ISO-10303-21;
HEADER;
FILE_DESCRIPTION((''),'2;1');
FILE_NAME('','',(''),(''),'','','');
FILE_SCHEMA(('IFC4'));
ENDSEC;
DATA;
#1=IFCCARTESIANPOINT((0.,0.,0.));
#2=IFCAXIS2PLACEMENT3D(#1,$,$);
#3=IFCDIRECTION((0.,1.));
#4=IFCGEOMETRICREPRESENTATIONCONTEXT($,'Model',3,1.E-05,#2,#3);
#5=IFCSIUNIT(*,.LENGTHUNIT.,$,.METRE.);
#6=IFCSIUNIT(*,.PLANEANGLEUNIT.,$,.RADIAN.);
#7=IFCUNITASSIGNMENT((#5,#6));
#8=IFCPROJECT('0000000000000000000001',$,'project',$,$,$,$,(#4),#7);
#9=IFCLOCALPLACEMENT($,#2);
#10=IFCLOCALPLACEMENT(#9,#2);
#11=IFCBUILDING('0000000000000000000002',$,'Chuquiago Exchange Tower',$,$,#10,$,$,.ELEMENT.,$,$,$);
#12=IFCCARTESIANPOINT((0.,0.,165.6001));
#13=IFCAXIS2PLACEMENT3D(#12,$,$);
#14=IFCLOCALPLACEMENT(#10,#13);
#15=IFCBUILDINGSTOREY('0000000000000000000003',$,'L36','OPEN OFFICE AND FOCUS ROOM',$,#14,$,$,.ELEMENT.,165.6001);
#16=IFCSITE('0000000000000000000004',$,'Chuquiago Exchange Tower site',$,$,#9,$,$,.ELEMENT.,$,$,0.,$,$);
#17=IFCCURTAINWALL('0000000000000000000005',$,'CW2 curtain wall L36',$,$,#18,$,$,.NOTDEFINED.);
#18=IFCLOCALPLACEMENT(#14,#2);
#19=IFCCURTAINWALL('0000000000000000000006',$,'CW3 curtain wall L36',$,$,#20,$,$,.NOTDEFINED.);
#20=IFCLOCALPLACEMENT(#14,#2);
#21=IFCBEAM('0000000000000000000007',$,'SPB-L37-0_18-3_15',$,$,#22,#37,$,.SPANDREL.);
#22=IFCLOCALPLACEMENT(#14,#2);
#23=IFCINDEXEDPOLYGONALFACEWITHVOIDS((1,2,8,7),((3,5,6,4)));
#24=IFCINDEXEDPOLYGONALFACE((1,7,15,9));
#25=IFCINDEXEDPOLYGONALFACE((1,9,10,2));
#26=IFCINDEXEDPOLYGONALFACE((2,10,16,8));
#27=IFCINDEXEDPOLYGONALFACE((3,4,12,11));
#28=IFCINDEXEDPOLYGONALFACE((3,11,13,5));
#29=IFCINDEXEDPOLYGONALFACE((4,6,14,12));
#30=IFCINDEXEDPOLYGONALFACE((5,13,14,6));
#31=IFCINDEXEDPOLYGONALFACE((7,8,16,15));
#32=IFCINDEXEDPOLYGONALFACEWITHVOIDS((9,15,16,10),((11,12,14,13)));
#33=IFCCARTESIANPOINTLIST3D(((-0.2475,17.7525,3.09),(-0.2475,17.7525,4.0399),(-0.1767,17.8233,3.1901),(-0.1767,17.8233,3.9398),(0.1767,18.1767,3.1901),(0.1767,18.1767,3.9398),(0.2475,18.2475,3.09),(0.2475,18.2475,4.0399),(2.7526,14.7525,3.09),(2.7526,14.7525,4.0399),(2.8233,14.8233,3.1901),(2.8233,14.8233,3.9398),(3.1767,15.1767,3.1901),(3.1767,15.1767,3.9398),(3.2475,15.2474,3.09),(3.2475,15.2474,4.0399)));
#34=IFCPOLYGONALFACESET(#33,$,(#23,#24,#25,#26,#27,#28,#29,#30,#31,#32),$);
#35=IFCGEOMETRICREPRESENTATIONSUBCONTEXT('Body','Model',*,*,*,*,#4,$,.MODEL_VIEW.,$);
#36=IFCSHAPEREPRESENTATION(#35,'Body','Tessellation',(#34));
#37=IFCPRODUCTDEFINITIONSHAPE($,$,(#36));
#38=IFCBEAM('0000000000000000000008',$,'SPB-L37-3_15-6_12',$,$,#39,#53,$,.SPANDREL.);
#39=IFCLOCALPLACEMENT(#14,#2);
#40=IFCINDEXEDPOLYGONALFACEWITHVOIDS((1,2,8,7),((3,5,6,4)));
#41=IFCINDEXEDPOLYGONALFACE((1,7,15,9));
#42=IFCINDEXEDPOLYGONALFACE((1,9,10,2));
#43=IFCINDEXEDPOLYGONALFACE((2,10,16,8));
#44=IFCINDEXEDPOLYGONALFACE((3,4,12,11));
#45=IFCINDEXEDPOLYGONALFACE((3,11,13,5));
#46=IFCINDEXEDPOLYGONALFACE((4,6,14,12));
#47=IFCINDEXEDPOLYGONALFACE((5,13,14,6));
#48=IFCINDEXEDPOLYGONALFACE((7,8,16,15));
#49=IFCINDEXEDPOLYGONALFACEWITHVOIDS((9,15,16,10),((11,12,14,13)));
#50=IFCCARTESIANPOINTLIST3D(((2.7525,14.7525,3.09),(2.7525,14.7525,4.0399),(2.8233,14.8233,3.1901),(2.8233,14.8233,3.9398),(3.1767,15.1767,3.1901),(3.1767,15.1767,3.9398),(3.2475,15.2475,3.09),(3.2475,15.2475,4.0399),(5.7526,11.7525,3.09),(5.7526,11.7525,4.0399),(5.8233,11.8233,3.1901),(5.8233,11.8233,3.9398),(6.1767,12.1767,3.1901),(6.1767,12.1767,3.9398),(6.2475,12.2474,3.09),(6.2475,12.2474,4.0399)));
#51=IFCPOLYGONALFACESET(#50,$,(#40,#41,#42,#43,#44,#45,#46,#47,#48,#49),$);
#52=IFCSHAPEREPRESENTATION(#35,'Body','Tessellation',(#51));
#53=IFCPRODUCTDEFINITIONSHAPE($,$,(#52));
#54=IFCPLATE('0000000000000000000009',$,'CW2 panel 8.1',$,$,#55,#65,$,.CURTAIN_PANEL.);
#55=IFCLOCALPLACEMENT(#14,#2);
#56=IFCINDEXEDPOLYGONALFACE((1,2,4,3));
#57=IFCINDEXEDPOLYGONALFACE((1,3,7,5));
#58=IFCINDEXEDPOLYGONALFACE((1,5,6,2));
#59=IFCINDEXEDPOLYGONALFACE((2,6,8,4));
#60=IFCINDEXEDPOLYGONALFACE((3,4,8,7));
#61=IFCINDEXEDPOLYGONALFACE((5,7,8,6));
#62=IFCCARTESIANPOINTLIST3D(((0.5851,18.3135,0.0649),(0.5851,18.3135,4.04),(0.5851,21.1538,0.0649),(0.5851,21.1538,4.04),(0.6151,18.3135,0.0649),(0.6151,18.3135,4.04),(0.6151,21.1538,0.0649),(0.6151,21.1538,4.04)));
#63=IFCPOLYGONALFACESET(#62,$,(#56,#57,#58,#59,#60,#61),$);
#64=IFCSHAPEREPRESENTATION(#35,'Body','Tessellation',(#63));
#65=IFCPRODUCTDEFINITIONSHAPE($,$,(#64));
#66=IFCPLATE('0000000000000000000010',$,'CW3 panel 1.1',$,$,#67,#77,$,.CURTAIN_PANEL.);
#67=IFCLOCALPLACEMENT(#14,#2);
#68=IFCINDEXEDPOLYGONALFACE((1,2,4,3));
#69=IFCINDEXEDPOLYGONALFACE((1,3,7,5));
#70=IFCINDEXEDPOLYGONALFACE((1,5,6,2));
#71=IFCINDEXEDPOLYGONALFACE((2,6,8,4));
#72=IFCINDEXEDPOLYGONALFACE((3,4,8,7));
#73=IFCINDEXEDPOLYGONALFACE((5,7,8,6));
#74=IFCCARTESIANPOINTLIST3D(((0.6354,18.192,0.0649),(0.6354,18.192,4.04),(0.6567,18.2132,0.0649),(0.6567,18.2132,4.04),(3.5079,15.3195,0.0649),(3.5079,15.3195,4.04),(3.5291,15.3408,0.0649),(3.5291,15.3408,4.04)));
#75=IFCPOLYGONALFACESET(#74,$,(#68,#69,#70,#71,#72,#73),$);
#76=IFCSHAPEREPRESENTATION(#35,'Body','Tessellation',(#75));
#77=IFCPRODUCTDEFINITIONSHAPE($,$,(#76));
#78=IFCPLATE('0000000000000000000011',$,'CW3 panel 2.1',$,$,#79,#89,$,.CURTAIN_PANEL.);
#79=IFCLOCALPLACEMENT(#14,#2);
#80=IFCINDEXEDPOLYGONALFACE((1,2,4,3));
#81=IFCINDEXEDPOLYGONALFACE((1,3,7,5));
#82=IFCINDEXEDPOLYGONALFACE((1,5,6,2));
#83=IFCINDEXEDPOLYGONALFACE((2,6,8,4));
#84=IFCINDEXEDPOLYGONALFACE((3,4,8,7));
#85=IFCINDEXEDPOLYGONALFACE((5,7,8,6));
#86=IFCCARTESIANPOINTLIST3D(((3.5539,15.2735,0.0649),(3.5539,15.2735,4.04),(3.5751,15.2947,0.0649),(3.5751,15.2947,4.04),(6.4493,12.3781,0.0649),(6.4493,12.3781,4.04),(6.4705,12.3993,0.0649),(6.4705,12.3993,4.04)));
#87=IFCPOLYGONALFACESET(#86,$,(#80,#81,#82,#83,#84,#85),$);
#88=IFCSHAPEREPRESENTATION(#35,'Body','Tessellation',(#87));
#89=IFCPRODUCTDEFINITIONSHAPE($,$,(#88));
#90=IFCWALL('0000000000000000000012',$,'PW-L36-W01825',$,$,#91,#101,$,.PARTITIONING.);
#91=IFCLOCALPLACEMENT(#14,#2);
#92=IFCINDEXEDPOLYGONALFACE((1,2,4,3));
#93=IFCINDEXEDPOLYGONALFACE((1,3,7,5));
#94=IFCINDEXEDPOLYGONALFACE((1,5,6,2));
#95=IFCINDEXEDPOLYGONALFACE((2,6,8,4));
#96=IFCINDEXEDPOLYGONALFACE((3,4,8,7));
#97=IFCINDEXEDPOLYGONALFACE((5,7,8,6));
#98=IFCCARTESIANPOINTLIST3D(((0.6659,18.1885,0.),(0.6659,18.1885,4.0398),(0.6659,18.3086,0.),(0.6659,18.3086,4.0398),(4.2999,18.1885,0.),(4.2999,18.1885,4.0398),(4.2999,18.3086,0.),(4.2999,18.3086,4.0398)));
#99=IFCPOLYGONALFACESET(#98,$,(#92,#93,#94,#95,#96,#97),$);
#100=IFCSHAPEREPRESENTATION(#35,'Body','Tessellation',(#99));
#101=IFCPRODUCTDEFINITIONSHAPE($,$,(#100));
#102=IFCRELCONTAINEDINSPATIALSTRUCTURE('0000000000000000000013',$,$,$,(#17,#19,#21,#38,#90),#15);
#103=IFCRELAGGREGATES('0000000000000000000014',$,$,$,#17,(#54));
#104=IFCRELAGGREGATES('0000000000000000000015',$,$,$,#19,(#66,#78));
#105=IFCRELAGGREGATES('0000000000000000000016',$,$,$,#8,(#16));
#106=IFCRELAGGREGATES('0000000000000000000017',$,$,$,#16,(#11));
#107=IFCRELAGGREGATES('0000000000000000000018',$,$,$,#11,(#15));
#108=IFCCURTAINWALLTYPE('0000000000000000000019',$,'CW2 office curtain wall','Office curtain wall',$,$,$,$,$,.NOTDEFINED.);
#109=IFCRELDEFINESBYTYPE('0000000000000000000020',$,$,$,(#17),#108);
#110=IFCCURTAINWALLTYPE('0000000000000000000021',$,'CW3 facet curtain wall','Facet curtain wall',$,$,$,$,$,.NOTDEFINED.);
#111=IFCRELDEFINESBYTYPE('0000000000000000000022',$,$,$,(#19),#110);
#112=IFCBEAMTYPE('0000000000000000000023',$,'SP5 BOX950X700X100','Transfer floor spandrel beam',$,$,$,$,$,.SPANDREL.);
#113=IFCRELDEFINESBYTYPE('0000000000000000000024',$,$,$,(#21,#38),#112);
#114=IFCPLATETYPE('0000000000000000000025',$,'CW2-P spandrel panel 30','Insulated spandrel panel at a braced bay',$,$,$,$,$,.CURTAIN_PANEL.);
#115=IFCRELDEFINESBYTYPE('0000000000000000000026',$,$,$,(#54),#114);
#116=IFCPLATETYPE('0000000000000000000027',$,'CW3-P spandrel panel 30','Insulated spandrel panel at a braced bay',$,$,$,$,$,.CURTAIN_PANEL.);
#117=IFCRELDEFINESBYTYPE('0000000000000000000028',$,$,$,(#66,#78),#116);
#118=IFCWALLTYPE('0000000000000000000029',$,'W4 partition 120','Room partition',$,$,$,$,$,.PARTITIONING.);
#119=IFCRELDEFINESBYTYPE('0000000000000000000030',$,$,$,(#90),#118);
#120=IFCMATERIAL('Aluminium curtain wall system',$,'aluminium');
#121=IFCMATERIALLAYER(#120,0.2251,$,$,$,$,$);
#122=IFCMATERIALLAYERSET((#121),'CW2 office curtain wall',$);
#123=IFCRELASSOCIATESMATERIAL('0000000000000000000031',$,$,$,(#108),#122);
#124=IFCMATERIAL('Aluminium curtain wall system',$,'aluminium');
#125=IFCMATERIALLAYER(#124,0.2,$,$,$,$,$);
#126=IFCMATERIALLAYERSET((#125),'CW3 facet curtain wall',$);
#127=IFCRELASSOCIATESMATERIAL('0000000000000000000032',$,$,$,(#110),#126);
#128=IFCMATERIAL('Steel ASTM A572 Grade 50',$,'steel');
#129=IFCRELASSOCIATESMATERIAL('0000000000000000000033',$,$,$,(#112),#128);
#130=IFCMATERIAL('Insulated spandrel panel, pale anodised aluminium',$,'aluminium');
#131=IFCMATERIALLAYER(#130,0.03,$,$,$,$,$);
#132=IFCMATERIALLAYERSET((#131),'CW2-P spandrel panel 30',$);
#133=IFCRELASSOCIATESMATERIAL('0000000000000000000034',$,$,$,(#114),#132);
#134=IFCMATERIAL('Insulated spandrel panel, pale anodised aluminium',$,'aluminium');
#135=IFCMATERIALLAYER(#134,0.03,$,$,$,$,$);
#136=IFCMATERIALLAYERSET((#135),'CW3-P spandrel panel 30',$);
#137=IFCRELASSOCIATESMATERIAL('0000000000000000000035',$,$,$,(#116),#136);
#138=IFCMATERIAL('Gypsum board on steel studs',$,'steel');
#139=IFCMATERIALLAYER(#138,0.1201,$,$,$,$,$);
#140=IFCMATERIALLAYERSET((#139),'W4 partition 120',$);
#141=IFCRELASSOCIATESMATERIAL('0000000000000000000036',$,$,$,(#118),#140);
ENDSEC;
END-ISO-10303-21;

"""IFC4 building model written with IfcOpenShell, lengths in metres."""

from ifc_helpers import new_model, si_unit, direction, frame, frame_2d, origin, origin_2d, place, context, subcontext, project, spatial, rectangle, hollow_rectangle, extrude, material, layer, layer_set, material_profile, profile_set, type_object, element, aggregate, save


model = new_model("IFC4")

# Units and contexts
model_context = context("Model", 3, precision=1e-05, world=origin(), true_north=direction((0.0, 1.0)))
body_context = subcontext(model_context, "Body", "Model", "MODEL_VIEW")
ifc_project = project(units=[si_unit("LENGTHUNIT", "METRE"), si_unit("PLANEANGLEUNIT", "RADIAN")], contexts=[model_context])

# Site, building, storey
site_placement = place(None, origin())
site = spatial("IfcSite", under=ifc_project, at=site_placement, Name="Chuquiago Exchange Tower site", CompositionType="ELEMENT", RefElevation=0.0)
building_placement = place(site_placement, origin())
building = spatial("IfcBuilding", under=site, at=building_placement, Name="Chuquiago Exchange Tower", CompositionType="ELEMENT")
storey_placement = place(building_placement, frame((0.0, 0.0, 165.6001)))
storey = spatial("IfcBuildingStorey", under=building, at=storey_placement, Name="L36", Description="OPEN OFFICE AND FOCUS ROOM", CompositionType="ELEMENT", Elevation=165.6001)

# Curtain wall
ifc_material_1 = material(Name="Aluminium curtain wall system", Category="aluminium")
ifc_layer_1 = layer(ifc_material_1, 0.2251)
ifc_layer_set_1 = layer_set([ifc_layer_1], Name="CW2 office curtain wall")
curtain_wall_type_1 = type_object("IfcCurtainWallType", Name="CW2 office curtain wall", Description="Office curtain wall", PredefinedType="NOTDEFINED", material=ifc_layer_set_1)
curtain_wall_1_placement = place(storey_placement, origin())
curtain_wall_1 = element("IfcCurtainWall", 1, at=curtain_wall_1_placement, inside=storey, type_object=curtain_wall_type_1, Name="CW2 curtain wall L36", PredefinedType="NOTDEFINED")

# Curtain wall
ifc_material_2 = material(Name="Aluminium curtain wall system", Category="aluminium")
ifc_layer_2 = layer(ifc_material_2, 0.2)
ifc_layer_set_2 = layer_set([ifc_layer_2], Name="CW3 facet curtain wall")
curtain_wall_type_2 = type_object("IfcCurtainWallType", Name="CW3 facet curtain wall", Description="Facet curtain wall", PredefinedType="NOTDEFINED", material=ifc_layer_set_2)
curtain_wall_2_placement = place(storey_placement, origin())
curtain_wall_2 = element("IfcCurtainWall", 2, at=curtain_wall_2_placement, inside=storey, type_object=curtain_wall_type_2, Name="CW3 curtain wall L36", PredefinedType="NOTDEFINED")

# Beams
ifc_material_3 = material(Name="Steel ASTM A572 Grade 50", Category="steel")
ifc_material_profile_1 = material_profile(ifc_material_3, hollow_rectangle(XDim=0.7, YDim=0.95, WallThickness=0.1001, at=origin_2d()), Name="BOX950X700X100")
ifc_profile_set_1 = profile_set([ifc_material_profile_1], Name="Steel ASTM A572 Grade 50")
beam_type = type_object("IfcBeamType", Name="SP5 BOX950X700X100", Description="Transfer floor spandrel beam", PredefinedType="SPANDREL", material=ifc_profile_set_1)
for number, where, z_axis, x_axis, name in (
    (3, (0.0, 18.0, 3.5649), (0.707107, -0.707107, 0.0), (0.707107, 0.707107, 0.0), "SPB-L37-0_18-3_15"),
    (4, (3.0, 15.0, 3.5649), (0.707107, -0.707107, 0.0), (0.707107, 0.707107, 0.0), "SPB-L37-3_15-6_12"),
):
    element("IfcBeam", number, at=place(storey_placement, frame(where, z_axis=z_axis, x_axis=x_axis)), inside=storey, type_object=beam_type, Name=name, PredefinedType="SPANDREL", context=body_context, shape_type="SweptSolid", body=[
        extrude(hollow_rectangle(XDim=0.7, YDim=0.95, WallThickness=0.1001, at=origin_2d()), origin(), (0.0, 0.0, 1.0), 4.2427),
    ])

# Plates
ifc_material_4 = material(Name="Insulated spandrel panel, pale anodised aluminium", Category="aluminium")
ifc_layer_3 = layer(ifc_material_4, 0.03)
ifc_layer_set_3 = layer_set([ifc_layer_3], Name="CW2-P spandrel panel 30")
plate_type_1 = type_object("IfcPlateType", Name="CW2-P spandrel panel 30", Description="Insulated spandrel panel at a braced bay", PredefinedType="CURTAIN_PANEL", material=ifc_layer_set_3)
plate_1_placement = place(storey_placement, frame((0.6001, 19.7336, 0.0649), z_axis=(0.0, 0.0, 1.0), x_axis=(0.0, -1.0, 0.0)))
plate_1 = element("IfcPlate", 5, at=plate_1_placement, type_object=plate_type_1, Name="CW2 panel 8.1", PredefinedType="CURTAIN_PANEL", context=body_context, shape_type="SweptSolid", body=[
    extrude(rectangle(XDim=2.8403, YDim=0.03, at=origin_2d()), origin(), (0.0, 0.0, 1.0), 3.9751),
])
aggregate(curtain_wall_1, [plate_1])
ifc_material_5 = material(Name="Insulated spandrel panel, pale anodised aluminium", Category="aluminium")
ifc_layer_4 = layer(ifc_material_5, 0.03)
ifc_layer_set_4 = layer_set([ifc_layer_4], Name="CW3-P spandrel panel 30")
plate_type_2 = type_object("IfcPlateType", Name="CW3-P spandrel panel 30", Description="Insulated spandrel panel at a braced bay", PredefinedType="CURTAIN_PANEL", material=ifc_layer_set_4)
plate_2_placement = place(storey_placement, frame((2.0823, 16.7664, 0.0649), z_axis=(0.0, 0.0, 1.0), x_axis=(0.707107, -0.707107, 0.0)))
plate_2 = element("IfcPlate", 6, at=plate_2_placement, type_object=plate_type_2, Name="CW3 panel 1.1", PredefinedType="CURTAIN_PANEL", context=body_context, shape_type="SweptSolid", body=[
    extrude(rectangle(XDim=4.0623, YDim=0.03, at=origin_2d()), origin(), (0.0, 0.0, 1.0), 3.9751),
])
plate_3_placement = place(storey_placement, frame((5.0122, 13.8364, 0.0649), z_axis=(0.0, 0.0, 1.0), x_axis=(0.707107, -0.707107, 0.0)))
plate_3 = element("IfcPlate", 7, at=plate_3_placement, type_object=plate_type_2, Name="CW3 panel 2.1", PredefinedType="CURTAIN_PANEL", context=body_context, shape_type="SweptSolid", body=[
    extrude(rectangle(XDim=4.0947, YDim=0.03, at=origin_2d()), origin(), (0.0, 0.0, 1.0), 3.9751),
])
aggregate(curtain_wall_2, [plate_2, plate_3])

# Wall
ifc_material_6 = material(Name="Gypsum board on steel studs", Category="steel")
ifc_layer_5 = layer(ifc_material_6, 0.1201)
ifc_layer_set_5 = layer_set([ifc_layer_5], Name="W4 partition 120")
wall_type = type_object("IfcWallType", Name="W4 partition 120", Description="Room partition", PredefinedType="PARTITIONING", material=ifc_layer_set_5)
wall_1_placement = place(storey_placement, frame((0.666, 18.2485, 0.0), z_axis=(0.0, 0.0, 1.0), x_axis=(1.0, 0.0, 0.0)))
element("IfcWall", 8, at=wall_1_placement, inside=storey, type_object=wall_type, Name="PW-L36-W01825", PredefinedType="PARTITIONING", context=body_context, shape_type="SweptSolid", body=[
    extrude(rectangle(XDim=3.634, YDim=0.1201, at=frame_2d((1.8169, 0.0))), origin(), (0.0, 0.0, 1.0), 4.0398),
])

save(model, "model.ifc")
